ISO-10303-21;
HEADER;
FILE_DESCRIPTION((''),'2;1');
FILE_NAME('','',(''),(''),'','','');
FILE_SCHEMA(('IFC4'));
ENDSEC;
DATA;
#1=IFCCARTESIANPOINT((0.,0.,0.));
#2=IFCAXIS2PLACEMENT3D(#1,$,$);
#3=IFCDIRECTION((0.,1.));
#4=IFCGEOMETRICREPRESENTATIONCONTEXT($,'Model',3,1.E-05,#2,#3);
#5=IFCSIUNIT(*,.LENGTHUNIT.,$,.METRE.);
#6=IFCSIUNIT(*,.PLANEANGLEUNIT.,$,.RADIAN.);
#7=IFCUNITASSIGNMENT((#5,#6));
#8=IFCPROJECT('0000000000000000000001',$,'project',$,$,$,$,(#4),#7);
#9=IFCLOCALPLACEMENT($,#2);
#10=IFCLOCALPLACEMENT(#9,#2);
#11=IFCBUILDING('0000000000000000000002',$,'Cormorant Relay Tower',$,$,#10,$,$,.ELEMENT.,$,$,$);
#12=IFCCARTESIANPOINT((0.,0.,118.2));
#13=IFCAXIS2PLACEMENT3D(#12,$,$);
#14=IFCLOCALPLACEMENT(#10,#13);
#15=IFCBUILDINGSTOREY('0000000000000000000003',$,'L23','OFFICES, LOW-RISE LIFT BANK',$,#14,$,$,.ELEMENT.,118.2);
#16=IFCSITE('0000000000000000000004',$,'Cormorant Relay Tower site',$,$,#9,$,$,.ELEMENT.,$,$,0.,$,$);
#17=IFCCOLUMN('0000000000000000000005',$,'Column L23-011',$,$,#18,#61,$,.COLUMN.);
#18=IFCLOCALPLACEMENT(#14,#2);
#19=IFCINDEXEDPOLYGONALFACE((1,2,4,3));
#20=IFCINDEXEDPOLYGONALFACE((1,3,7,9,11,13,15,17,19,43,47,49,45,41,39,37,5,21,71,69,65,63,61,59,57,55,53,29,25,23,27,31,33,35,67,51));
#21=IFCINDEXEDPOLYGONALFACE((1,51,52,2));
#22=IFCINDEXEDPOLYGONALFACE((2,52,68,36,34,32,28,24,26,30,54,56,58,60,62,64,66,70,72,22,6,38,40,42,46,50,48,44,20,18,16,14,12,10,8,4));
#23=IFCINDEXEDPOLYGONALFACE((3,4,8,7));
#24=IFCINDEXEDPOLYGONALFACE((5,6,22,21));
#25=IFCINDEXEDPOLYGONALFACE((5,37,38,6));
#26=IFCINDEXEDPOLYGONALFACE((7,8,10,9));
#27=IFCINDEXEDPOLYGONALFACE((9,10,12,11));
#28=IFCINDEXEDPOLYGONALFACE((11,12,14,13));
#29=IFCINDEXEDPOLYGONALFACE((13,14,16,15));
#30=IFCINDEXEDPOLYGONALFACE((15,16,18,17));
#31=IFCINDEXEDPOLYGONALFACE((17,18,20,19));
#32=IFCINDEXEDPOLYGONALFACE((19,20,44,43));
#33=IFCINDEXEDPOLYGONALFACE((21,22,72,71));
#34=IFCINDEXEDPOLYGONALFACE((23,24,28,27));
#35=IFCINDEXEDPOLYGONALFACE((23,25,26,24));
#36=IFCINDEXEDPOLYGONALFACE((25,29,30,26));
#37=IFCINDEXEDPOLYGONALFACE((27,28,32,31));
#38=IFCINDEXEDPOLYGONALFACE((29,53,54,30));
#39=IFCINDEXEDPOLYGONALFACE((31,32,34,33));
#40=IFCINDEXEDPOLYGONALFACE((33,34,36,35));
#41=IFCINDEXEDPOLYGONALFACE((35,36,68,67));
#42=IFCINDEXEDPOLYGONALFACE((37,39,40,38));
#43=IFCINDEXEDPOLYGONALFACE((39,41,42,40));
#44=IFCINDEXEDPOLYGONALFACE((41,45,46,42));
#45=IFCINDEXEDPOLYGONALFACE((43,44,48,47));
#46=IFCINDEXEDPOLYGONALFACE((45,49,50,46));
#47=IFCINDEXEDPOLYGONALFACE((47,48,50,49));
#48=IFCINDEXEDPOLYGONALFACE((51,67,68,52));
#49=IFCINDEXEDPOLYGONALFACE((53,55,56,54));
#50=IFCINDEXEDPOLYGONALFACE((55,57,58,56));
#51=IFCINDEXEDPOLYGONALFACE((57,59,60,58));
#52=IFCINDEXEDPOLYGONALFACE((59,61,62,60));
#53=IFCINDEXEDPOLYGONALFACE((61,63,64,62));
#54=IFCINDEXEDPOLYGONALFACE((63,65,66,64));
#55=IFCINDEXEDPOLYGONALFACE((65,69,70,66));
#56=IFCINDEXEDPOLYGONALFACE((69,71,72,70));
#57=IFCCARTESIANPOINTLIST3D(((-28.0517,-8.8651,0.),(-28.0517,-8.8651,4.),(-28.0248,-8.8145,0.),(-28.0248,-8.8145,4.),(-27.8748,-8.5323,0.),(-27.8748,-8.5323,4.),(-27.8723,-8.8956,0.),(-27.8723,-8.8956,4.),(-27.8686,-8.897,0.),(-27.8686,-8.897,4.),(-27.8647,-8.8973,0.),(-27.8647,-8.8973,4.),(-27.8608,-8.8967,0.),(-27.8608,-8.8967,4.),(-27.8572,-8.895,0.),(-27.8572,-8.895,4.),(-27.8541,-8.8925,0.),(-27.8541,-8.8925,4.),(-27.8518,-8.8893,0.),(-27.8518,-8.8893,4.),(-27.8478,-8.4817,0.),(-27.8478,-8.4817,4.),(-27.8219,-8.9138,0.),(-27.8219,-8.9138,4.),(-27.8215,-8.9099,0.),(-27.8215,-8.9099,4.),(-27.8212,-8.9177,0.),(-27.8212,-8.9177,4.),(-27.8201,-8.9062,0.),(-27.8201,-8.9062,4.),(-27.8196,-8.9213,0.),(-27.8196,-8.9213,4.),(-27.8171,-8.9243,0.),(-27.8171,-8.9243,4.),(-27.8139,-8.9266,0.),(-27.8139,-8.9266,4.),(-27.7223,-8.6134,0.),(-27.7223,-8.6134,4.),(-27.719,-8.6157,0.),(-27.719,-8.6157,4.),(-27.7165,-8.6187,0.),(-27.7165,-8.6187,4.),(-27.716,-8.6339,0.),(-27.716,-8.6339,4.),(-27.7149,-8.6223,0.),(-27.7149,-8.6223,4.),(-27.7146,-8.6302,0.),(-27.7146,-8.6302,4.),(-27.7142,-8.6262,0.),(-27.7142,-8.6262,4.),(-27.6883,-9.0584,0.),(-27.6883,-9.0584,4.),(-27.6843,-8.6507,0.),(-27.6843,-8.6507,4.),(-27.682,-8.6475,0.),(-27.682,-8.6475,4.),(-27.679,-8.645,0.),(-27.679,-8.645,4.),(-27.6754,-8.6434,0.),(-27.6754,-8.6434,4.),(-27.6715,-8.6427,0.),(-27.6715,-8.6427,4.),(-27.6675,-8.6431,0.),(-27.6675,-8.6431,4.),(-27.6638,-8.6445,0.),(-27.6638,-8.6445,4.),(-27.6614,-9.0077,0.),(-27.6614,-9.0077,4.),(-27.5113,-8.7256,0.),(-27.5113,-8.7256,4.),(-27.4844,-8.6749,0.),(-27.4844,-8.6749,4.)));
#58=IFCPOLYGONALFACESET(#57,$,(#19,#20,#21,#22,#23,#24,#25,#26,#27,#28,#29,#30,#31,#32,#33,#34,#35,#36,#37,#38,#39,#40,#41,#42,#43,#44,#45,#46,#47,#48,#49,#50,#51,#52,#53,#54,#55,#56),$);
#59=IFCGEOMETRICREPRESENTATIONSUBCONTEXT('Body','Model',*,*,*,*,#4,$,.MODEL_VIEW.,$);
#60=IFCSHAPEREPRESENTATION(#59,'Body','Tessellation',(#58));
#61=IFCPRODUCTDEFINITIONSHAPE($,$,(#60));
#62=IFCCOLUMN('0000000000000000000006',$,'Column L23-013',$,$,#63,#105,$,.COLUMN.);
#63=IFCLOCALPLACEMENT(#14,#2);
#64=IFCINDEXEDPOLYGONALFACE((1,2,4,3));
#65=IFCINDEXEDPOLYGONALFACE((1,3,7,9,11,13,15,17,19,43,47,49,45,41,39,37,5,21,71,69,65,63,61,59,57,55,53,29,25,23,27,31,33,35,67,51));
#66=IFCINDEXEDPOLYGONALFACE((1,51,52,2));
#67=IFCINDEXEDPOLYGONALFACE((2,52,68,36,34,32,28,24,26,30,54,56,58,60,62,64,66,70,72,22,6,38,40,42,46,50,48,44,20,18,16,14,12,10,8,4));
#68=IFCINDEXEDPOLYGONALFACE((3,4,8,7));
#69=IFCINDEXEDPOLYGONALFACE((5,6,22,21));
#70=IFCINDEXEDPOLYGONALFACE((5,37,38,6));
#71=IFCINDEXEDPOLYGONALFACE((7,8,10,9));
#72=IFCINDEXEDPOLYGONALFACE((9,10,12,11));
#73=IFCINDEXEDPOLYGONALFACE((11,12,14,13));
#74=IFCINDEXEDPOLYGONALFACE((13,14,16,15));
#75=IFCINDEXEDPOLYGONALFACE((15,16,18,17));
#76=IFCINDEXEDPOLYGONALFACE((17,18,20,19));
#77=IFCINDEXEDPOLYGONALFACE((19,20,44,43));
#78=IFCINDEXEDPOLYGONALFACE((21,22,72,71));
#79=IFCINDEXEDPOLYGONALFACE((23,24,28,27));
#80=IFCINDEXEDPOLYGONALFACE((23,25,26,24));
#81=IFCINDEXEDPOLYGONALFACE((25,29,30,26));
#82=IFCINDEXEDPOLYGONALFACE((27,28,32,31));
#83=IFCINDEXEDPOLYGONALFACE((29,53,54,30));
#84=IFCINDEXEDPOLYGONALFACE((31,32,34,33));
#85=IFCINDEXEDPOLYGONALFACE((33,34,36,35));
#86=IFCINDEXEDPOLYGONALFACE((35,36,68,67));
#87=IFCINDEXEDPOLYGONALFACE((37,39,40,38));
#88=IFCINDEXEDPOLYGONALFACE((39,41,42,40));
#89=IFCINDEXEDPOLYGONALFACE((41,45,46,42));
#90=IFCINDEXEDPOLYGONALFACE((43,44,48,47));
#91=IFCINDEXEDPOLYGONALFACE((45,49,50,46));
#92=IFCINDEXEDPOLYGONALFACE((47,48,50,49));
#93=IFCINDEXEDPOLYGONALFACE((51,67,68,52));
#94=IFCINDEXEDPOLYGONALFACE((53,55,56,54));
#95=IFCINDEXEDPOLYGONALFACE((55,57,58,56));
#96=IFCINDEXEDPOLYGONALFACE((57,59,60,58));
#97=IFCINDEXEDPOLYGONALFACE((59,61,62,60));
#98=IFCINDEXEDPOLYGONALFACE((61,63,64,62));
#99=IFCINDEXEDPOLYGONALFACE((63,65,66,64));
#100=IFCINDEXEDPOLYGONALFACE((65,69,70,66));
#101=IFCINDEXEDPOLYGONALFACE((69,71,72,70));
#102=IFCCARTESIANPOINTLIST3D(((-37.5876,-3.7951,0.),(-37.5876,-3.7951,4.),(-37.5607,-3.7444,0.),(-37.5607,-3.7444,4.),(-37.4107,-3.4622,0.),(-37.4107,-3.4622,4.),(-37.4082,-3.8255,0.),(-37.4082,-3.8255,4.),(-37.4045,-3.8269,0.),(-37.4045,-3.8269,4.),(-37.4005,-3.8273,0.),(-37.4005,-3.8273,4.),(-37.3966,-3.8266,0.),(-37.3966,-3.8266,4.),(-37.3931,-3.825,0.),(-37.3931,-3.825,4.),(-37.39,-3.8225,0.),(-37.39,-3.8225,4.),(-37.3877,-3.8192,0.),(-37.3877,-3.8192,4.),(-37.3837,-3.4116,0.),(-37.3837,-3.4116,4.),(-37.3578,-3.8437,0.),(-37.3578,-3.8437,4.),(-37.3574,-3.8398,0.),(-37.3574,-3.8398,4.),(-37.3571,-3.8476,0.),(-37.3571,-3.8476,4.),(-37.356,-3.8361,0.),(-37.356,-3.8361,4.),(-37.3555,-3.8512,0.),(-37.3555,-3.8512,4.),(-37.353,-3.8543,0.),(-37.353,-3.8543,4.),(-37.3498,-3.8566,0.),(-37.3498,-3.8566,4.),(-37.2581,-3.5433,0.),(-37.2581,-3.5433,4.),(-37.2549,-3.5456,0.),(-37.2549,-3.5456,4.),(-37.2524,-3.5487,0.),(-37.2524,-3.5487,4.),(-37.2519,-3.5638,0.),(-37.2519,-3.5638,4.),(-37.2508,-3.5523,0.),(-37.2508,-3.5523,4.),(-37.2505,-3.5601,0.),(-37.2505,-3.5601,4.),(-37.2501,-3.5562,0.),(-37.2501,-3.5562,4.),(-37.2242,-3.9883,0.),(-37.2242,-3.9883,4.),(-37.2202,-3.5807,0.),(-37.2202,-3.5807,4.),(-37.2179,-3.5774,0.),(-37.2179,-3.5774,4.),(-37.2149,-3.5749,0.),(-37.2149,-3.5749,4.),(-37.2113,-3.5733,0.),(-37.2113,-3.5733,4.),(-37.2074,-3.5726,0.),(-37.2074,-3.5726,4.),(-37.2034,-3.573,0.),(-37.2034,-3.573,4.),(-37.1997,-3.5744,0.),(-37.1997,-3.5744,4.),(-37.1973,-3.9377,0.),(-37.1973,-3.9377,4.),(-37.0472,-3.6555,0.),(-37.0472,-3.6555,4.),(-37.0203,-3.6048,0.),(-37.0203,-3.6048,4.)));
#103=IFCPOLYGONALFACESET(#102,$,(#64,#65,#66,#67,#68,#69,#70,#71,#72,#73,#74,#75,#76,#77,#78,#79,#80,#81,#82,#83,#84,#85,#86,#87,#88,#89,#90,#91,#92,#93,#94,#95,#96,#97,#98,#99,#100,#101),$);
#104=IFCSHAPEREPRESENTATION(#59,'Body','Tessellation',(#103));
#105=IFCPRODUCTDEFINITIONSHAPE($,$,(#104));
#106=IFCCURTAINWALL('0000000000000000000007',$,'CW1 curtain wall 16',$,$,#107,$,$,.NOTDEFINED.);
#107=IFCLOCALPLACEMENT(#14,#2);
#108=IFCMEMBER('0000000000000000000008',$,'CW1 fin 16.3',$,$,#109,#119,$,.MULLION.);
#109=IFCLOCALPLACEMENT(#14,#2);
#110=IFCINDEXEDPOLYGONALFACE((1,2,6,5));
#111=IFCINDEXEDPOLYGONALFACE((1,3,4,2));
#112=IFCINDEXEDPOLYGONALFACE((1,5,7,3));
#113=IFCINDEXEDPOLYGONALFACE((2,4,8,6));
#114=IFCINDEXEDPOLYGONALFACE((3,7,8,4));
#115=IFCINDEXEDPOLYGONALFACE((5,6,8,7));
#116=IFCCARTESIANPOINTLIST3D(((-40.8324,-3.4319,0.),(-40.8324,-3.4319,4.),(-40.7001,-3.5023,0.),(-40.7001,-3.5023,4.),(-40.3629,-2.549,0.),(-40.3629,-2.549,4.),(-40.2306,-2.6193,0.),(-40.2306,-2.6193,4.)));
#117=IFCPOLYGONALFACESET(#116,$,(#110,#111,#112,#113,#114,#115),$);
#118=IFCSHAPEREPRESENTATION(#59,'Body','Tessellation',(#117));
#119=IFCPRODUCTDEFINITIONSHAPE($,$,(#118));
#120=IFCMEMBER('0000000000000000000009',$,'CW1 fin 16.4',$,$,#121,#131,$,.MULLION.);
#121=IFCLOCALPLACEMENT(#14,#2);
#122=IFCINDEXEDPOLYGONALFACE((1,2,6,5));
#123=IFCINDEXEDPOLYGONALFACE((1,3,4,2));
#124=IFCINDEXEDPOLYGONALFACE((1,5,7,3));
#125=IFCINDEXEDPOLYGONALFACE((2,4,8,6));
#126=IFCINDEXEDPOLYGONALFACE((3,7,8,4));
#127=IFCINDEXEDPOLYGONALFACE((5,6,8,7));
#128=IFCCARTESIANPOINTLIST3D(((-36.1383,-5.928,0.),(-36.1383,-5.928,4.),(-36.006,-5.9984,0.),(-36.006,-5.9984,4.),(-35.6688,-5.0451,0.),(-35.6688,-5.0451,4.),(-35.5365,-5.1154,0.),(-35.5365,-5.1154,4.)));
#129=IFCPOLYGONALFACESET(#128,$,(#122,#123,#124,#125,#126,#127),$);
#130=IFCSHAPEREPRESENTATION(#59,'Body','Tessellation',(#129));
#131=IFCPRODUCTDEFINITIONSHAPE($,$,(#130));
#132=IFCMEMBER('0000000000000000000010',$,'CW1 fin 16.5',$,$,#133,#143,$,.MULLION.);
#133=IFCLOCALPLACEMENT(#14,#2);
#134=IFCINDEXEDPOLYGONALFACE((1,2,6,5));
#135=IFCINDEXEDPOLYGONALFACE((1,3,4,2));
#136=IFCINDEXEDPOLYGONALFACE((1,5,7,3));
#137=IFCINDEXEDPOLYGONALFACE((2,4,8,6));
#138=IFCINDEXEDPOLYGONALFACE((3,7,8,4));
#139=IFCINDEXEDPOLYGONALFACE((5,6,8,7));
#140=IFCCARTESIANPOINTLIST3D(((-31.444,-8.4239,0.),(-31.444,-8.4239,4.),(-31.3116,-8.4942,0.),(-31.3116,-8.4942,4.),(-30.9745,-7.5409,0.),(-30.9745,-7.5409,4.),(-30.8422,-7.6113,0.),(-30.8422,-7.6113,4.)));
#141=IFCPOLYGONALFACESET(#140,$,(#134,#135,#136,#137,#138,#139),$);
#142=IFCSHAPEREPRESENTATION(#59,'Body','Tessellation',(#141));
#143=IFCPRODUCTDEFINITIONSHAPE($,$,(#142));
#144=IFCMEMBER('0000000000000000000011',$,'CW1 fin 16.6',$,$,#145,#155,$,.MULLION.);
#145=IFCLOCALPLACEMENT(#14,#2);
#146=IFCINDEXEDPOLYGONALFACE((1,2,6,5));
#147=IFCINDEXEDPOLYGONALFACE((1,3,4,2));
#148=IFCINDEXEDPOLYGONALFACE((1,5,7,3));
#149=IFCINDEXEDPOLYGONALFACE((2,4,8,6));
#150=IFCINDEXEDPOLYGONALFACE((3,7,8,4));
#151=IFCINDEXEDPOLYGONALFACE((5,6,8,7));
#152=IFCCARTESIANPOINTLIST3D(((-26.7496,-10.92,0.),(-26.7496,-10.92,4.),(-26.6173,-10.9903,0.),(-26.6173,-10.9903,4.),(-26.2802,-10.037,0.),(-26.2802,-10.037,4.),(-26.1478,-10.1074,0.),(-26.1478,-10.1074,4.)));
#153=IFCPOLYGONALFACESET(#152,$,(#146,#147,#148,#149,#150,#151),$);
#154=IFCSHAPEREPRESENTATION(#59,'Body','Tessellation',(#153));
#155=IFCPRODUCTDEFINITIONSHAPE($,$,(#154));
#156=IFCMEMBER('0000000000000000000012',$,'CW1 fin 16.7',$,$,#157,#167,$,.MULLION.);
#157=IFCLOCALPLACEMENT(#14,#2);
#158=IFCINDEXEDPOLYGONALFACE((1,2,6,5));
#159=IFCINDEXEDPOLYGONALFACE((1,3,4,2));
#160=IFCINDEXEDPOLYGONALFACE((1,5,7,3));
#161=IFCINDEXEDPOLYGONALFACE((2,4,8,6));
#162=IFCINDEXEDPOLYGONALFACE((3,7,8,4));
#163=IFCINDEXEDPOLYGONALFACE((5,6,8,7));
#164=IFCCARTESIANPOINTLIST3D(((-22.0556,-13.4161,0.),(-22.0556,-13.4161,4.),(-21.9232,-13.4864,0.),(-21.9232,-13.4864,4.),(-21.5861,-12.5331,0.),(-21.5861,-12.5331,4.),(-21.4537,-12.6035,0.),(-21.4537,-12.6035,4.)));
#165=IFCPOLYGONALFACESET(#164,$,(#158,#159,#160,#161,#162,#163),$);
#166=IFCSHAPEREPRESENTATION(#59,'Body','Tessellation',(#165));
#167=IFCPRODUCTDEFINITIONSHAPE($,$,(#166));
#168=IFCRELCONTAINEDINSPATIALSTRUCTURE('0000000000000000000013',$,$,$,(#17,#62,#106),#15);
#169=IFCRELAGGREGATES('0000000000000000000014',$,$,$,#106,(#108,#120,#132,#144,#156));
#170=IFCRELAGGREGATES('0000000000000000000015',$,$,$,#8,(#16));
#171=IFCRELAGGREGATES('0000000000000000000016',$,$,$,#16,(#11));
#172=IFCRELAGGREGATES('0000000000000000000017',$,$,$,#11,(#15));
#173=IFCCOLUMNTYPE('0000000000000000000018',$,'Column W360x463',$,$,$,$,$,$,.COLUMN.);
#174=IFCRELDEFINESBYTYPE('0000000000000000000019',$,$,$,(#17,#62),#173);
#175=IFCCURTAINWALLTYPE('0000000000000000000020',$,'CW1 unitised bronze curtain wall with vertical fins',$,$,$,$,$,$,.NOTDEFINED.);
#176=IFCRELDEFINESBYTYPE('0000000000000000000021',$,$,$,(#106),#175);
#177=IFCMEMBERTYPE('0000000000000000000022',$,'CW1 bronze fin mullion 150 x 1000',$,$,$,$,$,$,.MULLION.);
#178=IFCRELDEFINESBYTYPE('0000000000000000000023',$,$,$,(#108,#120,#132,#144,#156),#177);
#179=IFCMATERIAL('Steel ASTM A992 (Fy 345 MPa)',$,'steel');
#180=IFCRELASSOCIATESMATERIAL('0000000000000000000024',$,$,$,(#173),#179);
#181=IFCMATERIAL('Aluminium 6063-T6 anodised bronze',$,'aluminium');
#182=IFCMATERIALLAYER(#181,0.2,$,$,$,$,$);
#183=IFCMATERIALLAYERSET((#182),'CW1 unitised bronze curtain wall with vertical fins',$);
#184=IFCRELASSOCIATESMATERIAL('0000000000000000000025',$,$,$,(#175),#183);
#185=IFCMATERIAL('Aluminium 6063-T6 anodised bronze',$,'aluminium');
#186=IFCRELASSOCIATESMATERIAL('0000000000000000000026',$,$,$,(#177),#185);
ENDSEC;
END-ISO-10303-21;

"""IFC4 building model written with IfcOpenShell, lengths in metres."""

from ifc_helpers import new_model, si_unit, direction, frame, origin, origin_2d, place, context, subcontext, project, spatial, rectangle, i_section, extrude, material, layer, layer_set, material_profile, profile_set, type_object, element, aggregate, save


model = new_model("IFC4")

# Units and contexts
model_context = context("Model", 3, precision=1e-05, world=origin(), true_north=direction((0.0, 1.0)))
body_context = subcontext(model_context, "Body", "Model", "MODEL_VIEW")
ifc_project = project(units=[si_unit("LENGTHUNIT", "METRE"), si_unit("PLANEANGLEUNIT", "RADIAN")], contexts=[model_context])

# Site, building, storey
site_placement = place(None, origin())
site = spatial("IfcSite", under=ifc_project, at=site_placement, Name="Cormorant Relay Tower site", CompositionType="ELEMENT", RefElevation=0.0)
building_placement = place(site_placement, origin())
building = spatial("IfcBuilding", under=site, at=building_placement, Name="Cormorant Relay Tower", CompositionType="ELEMENT")
storey_placement = place(building_placement, frame((0.0, 0.0, 118.2)))
storey = spatial("IfcBuildingStorey", under=building, at=storey_placement, Name="L23", Description="OFFICES, LOW-RISE LIFT BANK", CompositionType="ELEMENT", Elevation=118.2)

# Columns
ifc_material_1 = material(Name="Steel ASTM A992 (Fy 345 MPa)", Category="steel")
ifc_material_profile_1 = material_profile(ifc_material_1, i_section(OverallWidth=0.4116, OverallDepth=0.4343, WebThickness=0.0359, FlangeThickness=0.0574, FilletRadius=0.0151, at=origin_2d()), Name="W360x463")
ifc_profile_set_1 = profile_set([ifc_material_profile_1], Name="Steel ASTM A992 (Fy 345 MPa)")
column_type = type_object("IfcColumnType", Name="Column W360x463", PredefinedType="COLUMN", material=ifc_profile_set_1)
for number, where, z_axis, x_axis, name in (
    (1, (-27.7681, -8.77, 0.0), (0.0, 0.0, 1.0), (0.882948, -0.469472, 0.0), "Column L23-011"),
    (2, (-37.304, -3.7, 0.0), (0.0, 0.0, 1.0), (0.882948, -0.469472, 0.0), "Column L23-013"),
):
    element("IfcColumn", number, at=place(storey_placement, frame(where, z_axis=z_axis, x_axis=x_axis)), inside=storey, type_object=column_type, Name=name, PredefinedType="COLUMN", context=body_context, shape_type="SweptSolid", body=[
        extrude(i_section(OverallWidth=0.4116, OverallDepth=0.4343, WebThickness=0.0359, FlangeThickness=0.0574, FilletRadius=0.0151, at=origin_2d()), origin(), (0.0, 0.0, 1.0), 4.0),
    ])

# Curtain wall, members
ifc_material_2 = material(Name="Aluminium 6063-T6 anodised bronze", Category="aluminium")
ifc_layer_1 = layer(ifc_material_2, 0.2)
ifc_layer_set_1 = layer_set([ifc_layer_1], Name="CW1 unitised bronze curtain wall with vertical fins")
curtain_wall_type = type_object("IfcCurtainWallType", Name="CW1 unitised bronze curtain wall with vertical fins", PredefinedType="NOTDEFINED", material=ifc_layer_set_1)
curtain_wall_placement = place(storey_placement, origin())
curtain_wall = element("IfcCurtainWall", 3, at=curtain_wall_placement, inside=storey, type_object=curtain_wall_type, Name="CW1 curtain wall 16", PredefinedType="NOTDEFINED")
ifc_material_3 = material(Name="Aluminium 6063-T6 anodised bronze", Category="aluminium")
ifc_material_profile_2 = material_profile(ifc_material_3, rectangle(XDim=0.1499, YDim=1.0, at=origin_2d()), Name="AL 150x1000")
ifc_profile_set_2 = profile_set([ifc_material_profile_2], Name="Aluminium 6063-T6 anodised bronze")
member_type = type_object("IfcMemberType", Name="CW1 bronze fin mullion 150 x 1000", PredefinedType="MULLION", material=ifc_profile_set_2)
member_1_placement = place(storey_placement, frame((-40.5315, -3.0256, 0.0), z_axis=(0.0, 0.0, 1.0), x_axis=(0.882948, -0.469472, 0.0)))
member_1 = element("IfcMember", 4, at=member_1_placement, type_object=member_type, Name="CW1 fin 16.3", PredefinedType="MULLION", context=body_context, shape_type="SweptSolid", body=[
    extrude(rectangle(XDim=0.1499, YDim=1.0, at=origin_2d()), origin(), (0.0, 0.0, 1.0), 4.0),
])
member_2_placement = place(storey_placement, frame((-35.8374, -5.5217, 0.0), z_axis=(0.0, 0.0, 1.0), x_axis=(0.882948, -0.469472, 0.0)))
member_2 = element("IfcMember", 5, at=member_2_placement, type_object=member_type, Name="CW1 fin 16.4", PredefinedType="MULLION", context=body_context, shape_type="SweptSolid", body=[
    extrude(rectangle(XDim=0.1499, YDim=1.0, at=origin_2d()), origin(), (0.0, 0.0, 1.0), 4.0),
])
member_3_placement = place(storey_placement, frame((-31.1431, -8.0176, 0.0), z_axis=(0.0, 0.0, 1.0), x_axis=(0.882948, -0.469472, 0.0)))
member_3 = element("IfcMember", 6, at=member_3_placement, type_object=member_type, Name="CW1 fin 16.5", PredefinedType="MULLION", context=body_context, shape_type="SweptSolid", body=[
    extrude(rectangle(XDim=0.1499, YDim=1.0, at=origin_2d()), origin(), (0.0, 0.0, 1.0), 4.0),
])
member_4_placement = place(storey_placement, frame((-26.4487, -10.5137, 0.0), z_axis=(0.0, 0.0, 1.0), x_axis=(0.882948, -0.469472, 0.0)))
member_4 = element("IfcMember", 7, at=member_4_placement, type_object=member_type, Name="CW1 fin 16.6", PredefinedType="MULLION", context=body_context, shape_type="SweptSolid", body=[
    extrude(rectangle(XDim=0.1499, YDim=1.0, at=origin_2d()), origin(), (0.0, 0.0, 1.0), 4.0),
])
member_5_placement = place(storey_placement, frame((-21.7546, -13.0098, 0.0), z_axis=(0.0, 0.0, 1.0), x_axis=(0.882948, -0.469472, 0.0)))
member_5 = element("IfcMember", 8, at=member_5_placement, type_object=member_type, Name="CW1 fin 16.7", PredefinedType="MULLION", context=body_context, shape_type="SweptSolid", body=[
    extrude(rectangle(XDim=0.1499, YDim=1.0, at=origin_2d()), origin(), (0.0, 0.0, 1.0), 4.0),
])

aggregate(curtain_wall, [member_1, member_2, member_3, member_4, member_5])

save(model, "model.ifc")
